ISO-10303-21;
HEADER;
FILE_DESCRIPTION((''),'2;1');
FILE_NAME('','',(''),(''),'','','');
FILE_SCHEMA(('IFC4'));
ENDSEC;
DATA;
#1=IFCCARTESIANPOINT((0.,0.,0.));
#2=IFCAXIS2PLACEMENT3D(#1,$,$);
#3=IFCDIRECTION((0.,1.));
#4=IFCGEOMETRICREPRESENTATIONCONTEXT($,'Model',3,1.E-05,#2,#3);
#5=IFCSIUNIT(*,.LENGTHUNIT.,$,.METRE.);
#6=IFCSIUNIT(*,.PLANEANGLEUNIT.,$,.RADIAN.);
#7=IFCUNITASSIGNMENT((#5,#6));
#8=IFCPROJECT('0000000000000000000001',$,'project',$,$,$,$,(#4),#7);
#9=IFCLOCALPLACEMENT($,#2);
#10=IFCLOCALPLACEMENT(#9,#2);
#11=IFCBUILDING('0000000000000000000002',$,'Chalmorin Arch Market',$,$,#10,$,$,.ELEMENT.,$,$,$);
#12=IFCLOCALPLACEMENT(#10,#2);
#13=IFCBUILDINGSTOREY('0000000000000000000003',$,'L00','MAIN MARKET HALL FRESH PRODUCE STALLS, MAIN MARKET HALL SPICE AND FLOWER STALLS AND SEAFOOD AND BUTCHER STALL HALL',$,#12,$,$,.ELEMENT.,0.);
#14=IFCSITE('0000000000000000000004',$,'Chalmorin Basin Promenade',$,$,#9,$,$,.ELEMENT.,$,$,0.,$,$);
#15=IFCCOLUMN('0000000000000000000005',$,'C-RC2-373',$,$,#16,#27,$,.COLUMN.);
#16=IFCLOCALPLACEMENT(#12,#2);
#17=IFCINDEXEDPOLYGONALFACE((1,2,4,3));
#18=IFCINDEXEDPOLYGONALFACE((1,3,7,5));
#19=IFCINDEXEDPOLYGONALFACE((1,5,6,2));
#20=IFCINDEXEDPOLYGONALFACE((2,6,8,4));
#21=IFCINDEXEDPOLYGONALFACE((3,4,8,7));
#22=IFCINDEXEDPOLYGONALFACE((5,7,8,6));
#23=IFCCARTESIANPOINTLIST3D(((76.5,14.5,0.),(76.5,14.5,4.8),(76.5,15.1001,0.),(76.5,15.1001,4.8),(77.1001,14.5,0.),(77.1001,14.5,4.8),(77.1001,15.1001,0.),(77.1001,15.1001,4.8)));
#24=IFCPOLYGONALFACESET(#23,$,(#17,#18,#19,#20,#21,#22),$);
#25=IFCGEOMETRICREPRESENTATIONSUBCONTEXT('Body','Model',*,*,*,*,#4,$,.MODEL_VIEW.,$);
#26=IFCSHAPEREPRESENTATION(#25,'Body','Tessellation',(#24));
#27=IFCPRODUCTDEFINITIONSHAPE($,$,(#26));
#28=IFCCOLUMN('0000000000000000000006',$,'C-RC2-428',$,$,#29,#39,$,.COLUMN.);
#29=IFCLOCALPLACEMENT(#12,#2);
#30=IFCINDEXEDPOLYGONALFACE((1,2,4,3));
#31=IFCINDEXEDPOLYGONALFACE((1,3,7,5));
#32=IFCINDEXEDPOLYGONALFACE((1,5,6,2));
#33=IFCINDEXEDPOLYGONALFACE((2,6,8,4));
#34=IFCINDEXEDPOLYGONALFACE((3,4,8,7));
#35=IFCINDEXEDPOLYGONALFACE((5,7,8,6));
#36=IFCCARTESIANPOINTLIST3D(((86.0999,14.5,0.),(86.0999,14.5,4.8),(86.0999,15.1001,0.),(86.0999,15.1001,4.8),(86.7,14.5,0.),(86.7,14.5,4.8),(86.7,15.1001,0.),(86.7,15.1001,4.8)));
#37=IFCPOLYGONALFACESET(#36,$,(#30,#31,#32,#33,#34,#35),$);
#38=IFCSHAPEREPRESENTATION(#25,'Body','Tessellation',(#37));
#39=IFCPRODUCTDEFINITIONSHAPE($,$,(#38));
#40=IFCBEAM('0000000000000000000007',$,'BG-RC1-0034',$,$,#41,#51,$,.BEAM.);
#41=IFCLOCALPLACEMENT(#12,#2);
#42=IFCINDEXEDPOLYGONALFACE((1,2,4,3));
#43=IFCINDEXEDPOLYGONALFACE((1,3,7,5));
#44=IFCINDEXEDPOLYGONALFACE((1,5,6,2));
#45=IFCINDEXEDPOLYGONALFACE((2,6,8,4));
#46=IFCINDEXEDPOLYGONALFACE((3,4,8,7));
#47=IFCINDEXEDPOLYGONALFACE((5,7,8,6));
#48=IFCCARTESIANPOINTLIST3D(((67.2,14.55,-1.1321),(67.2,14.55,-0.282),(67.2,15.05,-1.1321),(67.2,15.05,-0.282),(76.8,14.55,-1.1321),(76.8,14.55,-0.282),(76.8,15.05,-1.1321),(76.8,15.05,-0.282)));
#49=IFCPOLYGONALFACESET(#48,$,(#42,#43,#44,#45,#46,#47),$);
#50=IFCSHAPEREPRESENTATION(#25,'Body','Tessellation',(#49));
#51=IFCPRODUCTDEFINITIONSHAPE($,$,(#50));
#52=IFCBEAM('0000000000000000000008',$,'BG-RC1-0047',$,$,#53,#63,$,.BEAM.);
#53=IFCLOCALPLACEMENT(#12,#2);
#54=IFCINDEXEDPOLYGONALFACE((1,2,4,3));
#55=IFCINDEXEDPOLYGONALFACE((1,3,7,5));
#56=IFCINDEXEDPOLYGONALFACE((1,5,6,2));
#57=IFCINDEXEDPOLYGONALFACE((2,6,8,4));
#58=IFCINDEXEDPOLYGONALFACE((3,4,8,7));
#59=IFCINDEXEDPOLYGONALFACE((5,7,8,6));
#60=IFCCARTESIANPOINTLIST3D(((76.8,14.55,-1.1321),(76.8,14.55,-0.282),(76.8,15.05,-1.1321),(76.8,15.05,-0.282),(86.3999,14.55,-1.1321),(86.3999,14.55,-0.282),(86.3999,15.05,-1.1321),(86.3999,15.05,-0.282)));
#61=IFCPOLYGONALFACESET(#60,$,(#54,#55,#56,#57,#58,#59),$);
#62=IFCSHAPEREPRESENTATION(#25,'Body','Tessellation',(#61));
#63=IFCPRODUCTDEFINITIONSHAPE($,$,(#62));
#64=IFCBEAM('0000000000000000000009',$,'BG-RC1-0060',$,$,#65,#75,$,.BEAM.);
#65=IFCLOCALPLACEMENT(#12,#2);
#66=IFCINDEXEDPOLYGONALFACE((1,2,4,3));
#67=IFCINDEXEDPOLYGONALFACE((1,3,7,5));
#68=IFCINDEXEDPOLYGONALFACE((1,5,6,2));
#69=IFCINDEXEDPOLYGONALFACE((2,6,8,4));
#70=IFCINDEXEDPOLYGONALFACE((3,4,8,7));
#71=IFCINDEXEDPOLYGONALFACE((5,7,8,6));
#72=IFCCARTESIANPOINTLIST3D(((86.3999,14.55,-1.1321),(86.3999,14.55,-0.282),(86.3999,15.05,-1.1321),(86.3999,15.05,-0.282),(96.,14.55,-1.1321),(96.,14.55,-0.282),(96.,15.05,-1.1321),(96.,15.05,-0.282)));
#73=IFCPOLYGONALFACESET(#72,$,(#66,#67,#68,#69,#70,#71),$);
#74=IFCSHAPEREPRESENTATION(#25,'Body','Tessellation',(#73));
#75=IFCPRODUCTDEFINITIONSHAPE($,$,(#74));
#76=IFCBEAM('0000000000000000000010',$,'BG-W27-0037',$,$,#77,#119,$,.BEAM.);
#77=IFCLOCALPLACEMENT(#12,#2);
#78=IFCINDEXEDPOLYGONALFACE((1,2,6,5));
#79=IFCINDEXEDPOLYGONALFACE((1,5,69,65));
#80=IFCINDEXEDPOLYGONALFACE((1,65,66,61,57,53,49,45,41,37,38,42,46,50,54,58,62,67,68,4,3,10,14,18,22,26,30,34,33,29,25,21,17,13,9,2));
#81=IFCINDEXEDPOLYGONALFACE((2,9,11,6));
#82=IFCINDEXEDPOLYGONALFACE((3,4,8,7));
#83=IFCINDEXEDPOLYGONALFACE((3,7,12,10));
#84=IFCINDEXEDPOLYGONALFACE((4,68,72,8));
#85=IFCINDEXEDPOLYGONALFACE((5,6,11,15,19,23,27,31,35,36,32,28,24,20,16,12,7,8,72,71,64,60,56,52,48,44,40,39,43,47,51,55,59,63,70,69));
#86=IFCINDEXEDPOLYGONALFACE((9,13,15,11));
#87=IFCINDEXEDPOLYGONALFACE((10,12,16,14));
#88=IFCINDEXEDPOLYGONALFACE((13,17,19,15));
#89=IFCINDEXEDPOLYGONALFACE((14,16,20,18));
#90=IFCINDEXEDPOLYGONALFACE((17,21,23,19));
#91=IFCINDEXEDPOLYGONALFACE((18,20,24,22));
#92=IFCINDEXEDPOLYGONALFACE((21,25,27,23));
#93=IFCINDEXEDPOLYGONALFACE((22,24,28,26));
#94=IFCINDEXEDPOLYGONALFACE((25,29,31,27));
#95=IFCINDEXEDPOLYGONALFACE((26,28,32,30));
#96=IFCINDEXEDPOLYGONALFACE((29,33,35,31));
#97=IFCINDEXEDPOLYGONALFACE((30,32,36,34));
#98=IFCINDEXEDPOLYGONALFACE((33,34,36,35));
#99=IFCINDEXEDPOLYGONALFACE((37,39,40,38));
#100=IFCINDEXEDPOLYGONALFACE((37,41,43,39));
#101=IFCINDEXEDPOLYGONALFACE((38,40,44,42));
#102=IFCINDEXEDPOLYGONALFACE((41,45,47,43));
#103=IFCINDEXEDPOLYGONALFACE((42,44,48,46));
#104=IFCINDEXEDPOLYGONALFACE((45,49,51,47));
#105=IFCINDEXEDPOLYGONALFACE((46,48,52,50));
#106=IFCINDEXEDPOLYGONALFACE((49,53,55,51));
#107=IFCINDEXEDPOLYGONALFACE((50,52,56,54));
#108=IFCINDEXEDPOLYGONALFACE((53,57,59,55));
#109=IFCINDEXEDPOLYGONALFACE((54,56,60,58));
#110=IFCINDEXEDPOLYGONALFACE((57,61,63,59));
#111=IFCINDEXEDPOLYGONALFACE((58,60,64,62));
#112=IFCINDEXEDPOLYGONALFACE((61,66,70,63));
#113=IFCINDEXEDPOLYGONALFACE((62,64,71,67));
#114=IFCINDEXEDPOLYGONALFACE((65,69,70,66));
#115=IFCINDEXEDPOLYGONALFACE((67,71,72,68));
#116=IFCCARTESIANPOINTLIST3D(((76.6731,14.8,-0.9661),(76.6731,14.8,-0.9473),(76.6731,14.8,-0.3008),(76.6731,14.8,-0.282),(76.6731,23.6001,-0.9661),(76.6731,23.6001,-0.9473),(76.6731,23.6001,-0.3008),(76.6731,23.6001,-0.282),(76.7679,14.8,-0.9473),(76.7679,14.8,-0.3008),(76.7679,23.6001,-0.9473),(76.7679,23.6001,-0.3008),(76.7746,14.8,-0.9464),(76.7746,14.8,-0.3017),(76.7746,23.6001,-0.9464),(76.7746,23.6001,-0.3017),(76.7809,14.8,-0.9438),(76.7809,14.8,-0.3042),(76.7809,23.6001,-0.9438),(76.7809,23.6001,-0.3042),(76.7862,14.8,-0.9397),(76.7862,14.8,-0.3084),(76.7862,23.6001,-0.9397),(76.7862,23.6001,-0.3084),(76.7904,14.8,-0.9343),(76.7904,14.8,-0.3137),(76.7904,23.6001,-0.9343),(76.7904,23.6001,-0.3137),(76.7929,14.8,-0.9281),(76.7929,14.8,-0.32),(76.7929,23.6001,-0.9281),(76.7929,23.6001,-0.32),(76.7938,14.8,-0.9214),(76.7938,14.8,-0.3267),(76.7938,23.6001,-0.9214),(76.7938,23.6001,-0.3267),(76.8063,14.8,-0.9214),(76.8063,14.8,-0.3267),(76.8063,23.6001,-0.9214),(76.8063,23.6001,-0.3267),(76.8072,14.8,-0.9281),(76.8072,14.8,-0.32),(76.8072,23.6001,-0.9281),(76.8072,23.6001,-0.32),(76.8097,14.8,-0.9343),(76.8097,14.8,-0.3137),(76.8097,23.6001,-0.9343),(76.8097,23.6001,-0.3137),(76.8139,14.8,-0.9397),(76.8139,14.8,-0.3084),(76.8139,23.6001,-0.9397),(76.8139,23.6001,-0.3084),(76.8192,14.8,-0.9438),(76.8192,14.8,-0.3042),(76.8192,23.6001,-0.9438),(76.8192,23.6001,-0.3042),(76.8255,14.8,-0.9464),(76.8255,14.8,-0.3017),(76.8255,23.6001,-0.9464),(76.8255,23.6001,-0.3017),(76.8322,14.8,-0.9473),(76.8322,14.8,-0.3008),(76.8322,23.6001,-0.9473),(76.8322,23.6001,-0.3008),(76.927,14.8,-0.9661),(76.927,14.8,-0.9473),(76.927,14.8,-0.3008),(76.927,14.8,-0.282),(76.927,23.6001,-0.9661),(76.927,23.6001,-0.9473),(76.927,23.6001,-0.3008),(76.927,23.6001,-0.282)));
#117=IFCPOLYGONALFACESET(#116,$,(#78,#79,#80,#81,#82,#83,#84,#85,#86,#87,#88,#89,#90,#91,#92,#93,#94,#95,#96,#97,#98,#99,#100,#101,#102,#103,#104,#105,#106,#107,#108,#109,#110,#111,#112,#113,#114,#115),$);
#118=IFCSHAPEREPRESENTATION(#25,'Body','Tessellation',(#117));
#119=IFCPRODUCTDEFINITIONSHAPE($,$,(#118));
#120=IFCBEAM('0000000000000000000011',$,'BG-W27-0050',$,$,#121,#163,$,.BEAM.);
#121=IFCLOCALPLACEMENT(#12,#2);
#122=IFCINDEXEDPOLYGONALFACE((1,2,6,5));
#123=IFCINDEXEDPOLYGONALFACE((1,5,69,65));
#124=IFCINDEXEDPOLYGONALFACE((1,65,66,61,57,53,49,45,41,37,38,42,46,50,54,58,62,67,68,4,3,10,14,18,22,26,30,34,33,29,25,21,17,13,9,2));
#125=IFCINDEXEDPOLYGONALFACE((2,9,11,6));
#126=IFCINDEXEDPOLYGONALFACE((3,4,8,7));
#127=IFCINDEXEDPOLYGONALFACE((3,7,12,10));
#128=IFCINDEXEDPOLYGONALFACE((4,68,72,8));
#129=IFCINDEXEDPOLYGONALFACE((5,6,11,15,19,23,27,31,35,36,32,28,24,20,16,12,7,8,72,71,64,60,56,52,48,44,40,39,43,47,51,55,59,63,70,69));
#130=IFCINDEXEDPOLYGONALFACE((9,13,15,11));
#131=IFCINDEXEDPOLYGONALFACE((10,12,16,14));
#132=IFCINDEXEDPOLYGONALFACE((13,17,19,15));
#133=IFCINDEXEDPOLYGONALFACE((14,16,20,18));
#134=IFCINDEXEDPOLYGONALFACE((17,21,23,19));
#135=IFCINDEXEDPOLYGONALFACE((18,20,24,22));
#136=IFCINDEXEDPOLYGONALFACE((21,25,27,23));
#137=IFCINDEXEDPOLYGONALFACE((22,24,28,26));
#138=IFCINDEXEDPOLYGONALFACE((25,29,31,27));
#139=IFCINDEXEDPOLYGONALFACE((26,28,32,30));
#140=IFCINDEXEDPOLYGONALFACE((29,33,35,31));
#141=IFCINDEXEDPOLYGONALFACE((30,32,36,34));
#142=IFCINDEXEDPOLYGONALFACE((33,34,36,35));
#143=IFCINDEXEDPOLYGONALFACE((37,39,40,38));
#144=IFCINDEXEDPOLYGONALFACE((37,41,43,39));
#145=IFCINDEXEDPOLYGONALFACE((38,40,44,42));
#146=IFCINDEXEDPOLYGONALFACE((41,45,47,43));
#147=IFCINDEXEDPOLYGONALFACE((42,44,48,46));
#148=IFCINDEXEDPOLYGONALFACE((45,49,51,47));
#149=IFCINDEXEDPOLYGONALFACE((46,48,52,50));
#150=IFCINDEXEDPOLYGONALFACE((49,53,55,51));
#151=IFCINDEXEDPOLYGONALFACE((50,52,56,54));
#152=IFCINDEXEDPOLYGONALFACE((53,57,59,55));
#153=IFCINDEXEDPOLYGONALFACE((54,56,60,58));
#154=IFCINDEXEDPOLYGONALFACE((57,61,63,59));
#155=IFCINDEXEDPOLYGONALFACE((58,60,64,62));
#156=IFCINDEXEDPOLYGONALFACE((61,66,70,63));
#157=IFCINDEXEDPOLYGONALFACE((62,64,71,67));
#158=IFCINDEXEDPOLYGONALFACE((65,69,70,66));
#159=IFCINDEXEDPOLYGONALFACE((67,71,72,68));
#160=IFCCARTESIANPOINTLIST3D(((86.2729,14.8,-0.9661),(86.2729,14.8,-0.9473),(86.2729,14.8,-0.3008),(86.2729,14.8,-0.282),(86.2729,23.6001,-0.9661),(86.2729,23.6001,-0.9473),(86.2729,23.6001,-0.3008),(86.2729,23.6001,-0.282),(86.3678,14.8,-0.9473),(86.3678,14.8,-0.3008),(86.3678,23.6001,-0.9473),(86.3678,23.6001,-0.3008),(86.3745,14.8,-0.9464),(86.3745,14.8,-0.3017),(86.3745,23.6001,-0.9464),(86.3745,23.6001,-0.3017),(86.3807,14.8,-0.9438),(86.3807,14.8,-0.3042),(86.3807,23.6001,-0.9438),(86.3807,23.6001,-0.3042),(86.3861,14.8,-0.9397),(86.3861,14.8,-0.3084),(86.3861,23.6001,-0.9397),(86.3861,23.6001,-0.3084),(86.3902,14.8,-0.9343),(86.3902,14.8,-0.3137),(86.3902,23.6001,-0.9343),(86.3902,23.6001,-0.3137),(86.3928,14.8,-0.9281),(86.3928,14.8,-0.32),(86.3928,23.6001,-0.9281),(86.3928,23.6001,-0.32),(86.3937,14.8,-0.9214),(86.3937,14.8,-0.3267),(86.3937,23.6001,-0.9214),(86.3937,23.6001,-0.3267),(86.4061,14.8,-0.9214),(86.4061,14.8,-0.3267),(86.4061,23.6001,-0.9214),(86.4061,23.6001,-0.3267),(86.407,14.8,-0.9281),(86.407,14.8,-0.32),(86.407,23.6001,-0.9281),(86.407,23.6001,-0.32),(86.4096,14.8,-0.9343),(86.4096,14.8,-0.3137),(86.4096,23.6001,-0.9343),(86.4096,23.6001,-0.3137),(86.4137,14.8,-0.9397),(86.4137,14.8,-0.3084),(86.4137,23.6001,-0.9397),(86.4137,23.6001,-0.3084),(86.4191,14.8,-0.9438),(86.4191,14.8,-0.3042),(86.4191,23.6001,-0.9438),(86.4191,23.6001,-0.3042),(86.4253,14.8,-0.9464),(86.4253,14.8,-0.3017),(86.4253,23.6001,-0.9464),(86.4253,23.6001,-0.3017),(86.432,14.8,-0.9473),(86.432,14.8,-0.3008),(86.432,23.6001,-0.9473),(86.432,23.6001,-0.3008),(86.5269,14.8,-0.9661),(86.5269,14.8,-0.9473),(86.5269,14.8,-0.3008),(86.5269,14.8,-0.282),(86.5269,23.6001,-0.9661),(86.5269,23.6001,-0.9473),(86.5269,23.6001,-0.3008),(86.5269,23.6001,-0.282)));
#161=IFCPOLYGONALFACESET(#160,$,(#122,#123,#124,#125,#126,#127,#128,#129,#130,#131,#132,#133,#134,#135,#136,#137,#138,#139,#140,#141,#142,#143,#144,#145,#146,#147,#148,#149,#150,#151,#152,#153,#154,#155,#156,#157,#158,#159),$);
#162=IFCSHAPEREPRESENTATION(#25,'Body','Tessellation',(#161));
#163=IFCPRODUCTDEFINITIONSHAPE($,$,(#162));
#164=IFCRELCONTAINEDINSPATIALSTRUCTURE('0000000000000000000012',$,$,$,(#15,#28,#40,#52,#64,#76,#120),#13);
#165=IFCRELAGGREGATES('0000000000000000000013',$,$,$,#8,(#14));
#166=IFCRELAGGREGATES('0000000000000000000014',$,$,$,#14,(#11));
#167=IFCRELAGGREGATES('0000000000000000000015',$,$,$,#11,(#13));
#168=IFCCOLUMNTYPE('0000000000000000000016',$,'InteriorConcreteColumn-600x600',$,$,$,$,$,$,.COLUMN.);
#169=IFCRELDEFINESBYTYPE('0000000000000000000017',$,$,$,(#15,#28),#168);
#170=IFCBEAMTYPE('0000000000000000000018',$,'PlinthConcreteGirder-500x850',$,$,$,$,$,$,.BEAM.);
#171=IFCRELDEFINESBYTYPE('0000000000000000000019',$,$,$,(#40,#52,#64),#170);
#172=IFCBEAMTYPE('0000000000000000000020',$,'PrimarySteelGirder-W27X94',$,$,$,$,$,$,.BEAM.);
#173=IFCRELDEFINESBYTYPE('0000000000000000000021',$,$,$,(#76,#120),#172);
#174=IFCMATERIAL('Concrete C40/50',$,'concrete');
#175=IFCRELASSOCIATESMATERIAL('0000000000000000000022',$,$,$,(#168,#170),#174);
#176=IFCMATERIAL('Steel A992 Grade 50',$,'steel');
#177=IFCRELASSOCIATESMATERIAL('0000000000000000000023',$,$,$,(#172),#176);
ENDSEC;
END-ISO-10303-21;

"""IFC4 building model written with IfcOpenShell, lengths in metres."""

from ifc_helpers import new_model, si_unit, direction, frame, origin, origin_2d, place, context, subcontext, project, spatial, rectangle, i_section, extrude, material, material_profile, profile_set, type_object, element, save


model = new_model("IFC4")

# Units and contexts
model_context = context("Model", 3, precision=1e-05, world=origin(), true_north=direction((0.0, 1.0)))
body_context = subcontext(model_context, "Body", "Model", "MODEL_VIEW")
ifc_project = project(units=[si_unit("LENGTHUNIT", "METRE"), si_unit("PLANEANGLEUNIT", "RADIAN")], contexts=[model_context])

# Site, building, storey
site_placement = place(None, origin())
site = spatial("IfcSite", under=ifc_project, at=site_placement, Name="Chalmorin Basin Promenade", CompositionType="ELEMENT", RefElevation=0.0)
building_placement = place(site_placement, origin())
building = spatial("IfcBuilding", under=site, at=building_placement, Name="Chalmorin Arch Market", CompositionType="ELEMENT")
storey_placement = place(building_placement, origin())
storey = spatial("IfcBuildingStorey", under=building, at=storey_placement, Name="L00", Description="MAIN MARKET HALL FRESH PRODUCE STALLS, MAIN MARKET HALL SPICE AND FLOWER STALLS AND SEAFOOD AND BUTCHER STALL HALL", CompositionType="ELEMENT", Elevation=0.0)

# Columns
ifc_material_1 = material(Name="Concrete C40/50", Category="concrete")
ifc_material_profile_1 = material_profile(ifc_material_1, rectangle(XDim=0.6001, YDim=0.6001, at=origin_2d()), Name="RC600X600")
ifc_profile_set_1 = profile_set([ifc_material_profile_1], Name="Concrete C40/50")
column_type = type_object("IfcColumnType", Name="InteriorConcreteColumn-600x600", PredefinedType="COLUMN", material=ifc_profile_set_1)
for number, where, z_axis, x_axis, name in (
    (1, (76.8, 14.8, 0.0), (0.0, 0.0, 1.0), (1.0, 0.0, 0.0), "C-RC2-373"),
    (2, (86.3999, 14.8, 0.0), (0.0, 0.0, 1.0), (1.0, 0.0, 0.0), "C-RC2-428"),
):
    element("IfcColumn", number, at=place(storey_placement, frame(where, z_axis=z_axis, x_axis=x_axis)), inside=storey, type_object=column_type, Name=name, PredefinedType="COLUMN", context=body_context, shape_type="SweptSolid", body=[
        extrude(rectangle(XDim=0.6001, YDim=0.6001, at=origin_2d()), origin(), (0.0, 0.0, 1.0), 4.8),
    ])

# Beams
ifc_material_profile_2 = material_profile(ifc_material_1, rectangle(XDim=0.5, YDim=0.8501, at=origin_2d()), Name="RC500X850")
ifc_profile_set_2 = profile_set([ifc_material_profile_2], Name="Concrete C40/50")
beam_type_1 = type_object("IfcBeamType", Name="PlinthConcreteGirder-500x850", PredefinedType="BEAM", material=ifc_profile_set_2)
beam_1_placement = place(storey_placement, frame((67.2, 14.8, -0.707), z_axis=(1.0, 0.0, 0.0), x_axis=(0.0, 1.0, 0.0)))
element("IfcBeam", 3, at=beam_1_placement, inside=storey, type_object=beam_type_1, Name="BG-RC1-0034", PredefinedType="BEAM", context=body_context, shape_type="SweptSolid", body=[
    extrude(rectangle(XDim=0.5, YDim=0.8501, at=origin_2d()), origin(), (0.0, 0.0, 1.0), 9.6001),
])
beam_2_placement = place(storey_placement, frame((76.8, 14.8, -0.707), z_axis=(1.0, 0.0, 0.0), x_axis=(0.0, 1.0, 0.0)))
element("IfcBeam", 4, at=beam_2_placement, inside=storey, type_object=beam_type_1, Name="BG-RC1-0047", PredefinedType="BEAM", context=body_context, shape_type="SweptSolid", body=[
    extrude(rectangle(XDim=0.5, YDim=0.8501, at=origin_2d()), origin(), (0.0, 0.0, 1.0), 9.5999),
])
beam_3_placement = place(storey_placement, frame((86.3999, 14.8, -0.707), z_axis=(1.0, 0.0, 0.0), x_axis=(0.0, 1.0, 0.0)))
element("IfcBeam", 5, at=beam_3_placement, inside=storey, type_object=beam_type_1, Name="BG-RC1-0060", PredefinedType="BEAM", context=body_context, shape_type="SweptSolid", body=[
    extrude(rectangle(XDim=0.5, YDim=0.8501, at=origin_2d()), origin(), (0.0, 0.0, 1.0), 9.6001),
])
ifc_material_2 = material(Name="Steel A992 Grade 50", Category="steel")
ifc_material_profile_3 = material_profile(ifc_material_2, i_section(OverallWidth=0.2539, OverallDepth=0.6841, WebThickness=0.0125, FlangeThickness=0.0188, FilletRadius=0.0259, at=origin_2d()), Name="W27X94")
ifc_profile_set_3 = profile_set([ifc_material_profile_3], Name="Steel A992 Grade 50")
beam_type_2 = type_object("IfcBeamType", Name="PrimarySteelGirder-W27X94", PredefinedType="BEAM", material=ifc_profile_set_3)
for number, where, z_axis, x_axis, name in (
    (6, (76.8, 14.8, -0.624), (0.0, 1.0, 0.0), (-1.0, 0.0, 0.0), "BG-W27-0037"),
    (7, (86.3999, 14.8, -0.624), (0.0, 1.0, 0.0), (-1.0, 0.0, 0.0), "BG-W27-0050"),
):
    element("IfcBeam", number, at=place(storey_placement, frame(where, z_axis=z_axis, x_axis=x_axis)), inside=storey, type_object=beam_type_2, Name=name, PredefinedType="BEAM", context=body_context, shape_type="SweptSolid", body=[
        extrude(i_section(OverallWidth=0.2539, OverallDepth=0.6841, WebThickness=0.0125, FlangeThickness=0.0188, FilletRadius=0.0259, at=origin_2d()), origin(), (0.0, 0.0, 1.0), 8.8),
    ])

save(model, "model.ifc")
